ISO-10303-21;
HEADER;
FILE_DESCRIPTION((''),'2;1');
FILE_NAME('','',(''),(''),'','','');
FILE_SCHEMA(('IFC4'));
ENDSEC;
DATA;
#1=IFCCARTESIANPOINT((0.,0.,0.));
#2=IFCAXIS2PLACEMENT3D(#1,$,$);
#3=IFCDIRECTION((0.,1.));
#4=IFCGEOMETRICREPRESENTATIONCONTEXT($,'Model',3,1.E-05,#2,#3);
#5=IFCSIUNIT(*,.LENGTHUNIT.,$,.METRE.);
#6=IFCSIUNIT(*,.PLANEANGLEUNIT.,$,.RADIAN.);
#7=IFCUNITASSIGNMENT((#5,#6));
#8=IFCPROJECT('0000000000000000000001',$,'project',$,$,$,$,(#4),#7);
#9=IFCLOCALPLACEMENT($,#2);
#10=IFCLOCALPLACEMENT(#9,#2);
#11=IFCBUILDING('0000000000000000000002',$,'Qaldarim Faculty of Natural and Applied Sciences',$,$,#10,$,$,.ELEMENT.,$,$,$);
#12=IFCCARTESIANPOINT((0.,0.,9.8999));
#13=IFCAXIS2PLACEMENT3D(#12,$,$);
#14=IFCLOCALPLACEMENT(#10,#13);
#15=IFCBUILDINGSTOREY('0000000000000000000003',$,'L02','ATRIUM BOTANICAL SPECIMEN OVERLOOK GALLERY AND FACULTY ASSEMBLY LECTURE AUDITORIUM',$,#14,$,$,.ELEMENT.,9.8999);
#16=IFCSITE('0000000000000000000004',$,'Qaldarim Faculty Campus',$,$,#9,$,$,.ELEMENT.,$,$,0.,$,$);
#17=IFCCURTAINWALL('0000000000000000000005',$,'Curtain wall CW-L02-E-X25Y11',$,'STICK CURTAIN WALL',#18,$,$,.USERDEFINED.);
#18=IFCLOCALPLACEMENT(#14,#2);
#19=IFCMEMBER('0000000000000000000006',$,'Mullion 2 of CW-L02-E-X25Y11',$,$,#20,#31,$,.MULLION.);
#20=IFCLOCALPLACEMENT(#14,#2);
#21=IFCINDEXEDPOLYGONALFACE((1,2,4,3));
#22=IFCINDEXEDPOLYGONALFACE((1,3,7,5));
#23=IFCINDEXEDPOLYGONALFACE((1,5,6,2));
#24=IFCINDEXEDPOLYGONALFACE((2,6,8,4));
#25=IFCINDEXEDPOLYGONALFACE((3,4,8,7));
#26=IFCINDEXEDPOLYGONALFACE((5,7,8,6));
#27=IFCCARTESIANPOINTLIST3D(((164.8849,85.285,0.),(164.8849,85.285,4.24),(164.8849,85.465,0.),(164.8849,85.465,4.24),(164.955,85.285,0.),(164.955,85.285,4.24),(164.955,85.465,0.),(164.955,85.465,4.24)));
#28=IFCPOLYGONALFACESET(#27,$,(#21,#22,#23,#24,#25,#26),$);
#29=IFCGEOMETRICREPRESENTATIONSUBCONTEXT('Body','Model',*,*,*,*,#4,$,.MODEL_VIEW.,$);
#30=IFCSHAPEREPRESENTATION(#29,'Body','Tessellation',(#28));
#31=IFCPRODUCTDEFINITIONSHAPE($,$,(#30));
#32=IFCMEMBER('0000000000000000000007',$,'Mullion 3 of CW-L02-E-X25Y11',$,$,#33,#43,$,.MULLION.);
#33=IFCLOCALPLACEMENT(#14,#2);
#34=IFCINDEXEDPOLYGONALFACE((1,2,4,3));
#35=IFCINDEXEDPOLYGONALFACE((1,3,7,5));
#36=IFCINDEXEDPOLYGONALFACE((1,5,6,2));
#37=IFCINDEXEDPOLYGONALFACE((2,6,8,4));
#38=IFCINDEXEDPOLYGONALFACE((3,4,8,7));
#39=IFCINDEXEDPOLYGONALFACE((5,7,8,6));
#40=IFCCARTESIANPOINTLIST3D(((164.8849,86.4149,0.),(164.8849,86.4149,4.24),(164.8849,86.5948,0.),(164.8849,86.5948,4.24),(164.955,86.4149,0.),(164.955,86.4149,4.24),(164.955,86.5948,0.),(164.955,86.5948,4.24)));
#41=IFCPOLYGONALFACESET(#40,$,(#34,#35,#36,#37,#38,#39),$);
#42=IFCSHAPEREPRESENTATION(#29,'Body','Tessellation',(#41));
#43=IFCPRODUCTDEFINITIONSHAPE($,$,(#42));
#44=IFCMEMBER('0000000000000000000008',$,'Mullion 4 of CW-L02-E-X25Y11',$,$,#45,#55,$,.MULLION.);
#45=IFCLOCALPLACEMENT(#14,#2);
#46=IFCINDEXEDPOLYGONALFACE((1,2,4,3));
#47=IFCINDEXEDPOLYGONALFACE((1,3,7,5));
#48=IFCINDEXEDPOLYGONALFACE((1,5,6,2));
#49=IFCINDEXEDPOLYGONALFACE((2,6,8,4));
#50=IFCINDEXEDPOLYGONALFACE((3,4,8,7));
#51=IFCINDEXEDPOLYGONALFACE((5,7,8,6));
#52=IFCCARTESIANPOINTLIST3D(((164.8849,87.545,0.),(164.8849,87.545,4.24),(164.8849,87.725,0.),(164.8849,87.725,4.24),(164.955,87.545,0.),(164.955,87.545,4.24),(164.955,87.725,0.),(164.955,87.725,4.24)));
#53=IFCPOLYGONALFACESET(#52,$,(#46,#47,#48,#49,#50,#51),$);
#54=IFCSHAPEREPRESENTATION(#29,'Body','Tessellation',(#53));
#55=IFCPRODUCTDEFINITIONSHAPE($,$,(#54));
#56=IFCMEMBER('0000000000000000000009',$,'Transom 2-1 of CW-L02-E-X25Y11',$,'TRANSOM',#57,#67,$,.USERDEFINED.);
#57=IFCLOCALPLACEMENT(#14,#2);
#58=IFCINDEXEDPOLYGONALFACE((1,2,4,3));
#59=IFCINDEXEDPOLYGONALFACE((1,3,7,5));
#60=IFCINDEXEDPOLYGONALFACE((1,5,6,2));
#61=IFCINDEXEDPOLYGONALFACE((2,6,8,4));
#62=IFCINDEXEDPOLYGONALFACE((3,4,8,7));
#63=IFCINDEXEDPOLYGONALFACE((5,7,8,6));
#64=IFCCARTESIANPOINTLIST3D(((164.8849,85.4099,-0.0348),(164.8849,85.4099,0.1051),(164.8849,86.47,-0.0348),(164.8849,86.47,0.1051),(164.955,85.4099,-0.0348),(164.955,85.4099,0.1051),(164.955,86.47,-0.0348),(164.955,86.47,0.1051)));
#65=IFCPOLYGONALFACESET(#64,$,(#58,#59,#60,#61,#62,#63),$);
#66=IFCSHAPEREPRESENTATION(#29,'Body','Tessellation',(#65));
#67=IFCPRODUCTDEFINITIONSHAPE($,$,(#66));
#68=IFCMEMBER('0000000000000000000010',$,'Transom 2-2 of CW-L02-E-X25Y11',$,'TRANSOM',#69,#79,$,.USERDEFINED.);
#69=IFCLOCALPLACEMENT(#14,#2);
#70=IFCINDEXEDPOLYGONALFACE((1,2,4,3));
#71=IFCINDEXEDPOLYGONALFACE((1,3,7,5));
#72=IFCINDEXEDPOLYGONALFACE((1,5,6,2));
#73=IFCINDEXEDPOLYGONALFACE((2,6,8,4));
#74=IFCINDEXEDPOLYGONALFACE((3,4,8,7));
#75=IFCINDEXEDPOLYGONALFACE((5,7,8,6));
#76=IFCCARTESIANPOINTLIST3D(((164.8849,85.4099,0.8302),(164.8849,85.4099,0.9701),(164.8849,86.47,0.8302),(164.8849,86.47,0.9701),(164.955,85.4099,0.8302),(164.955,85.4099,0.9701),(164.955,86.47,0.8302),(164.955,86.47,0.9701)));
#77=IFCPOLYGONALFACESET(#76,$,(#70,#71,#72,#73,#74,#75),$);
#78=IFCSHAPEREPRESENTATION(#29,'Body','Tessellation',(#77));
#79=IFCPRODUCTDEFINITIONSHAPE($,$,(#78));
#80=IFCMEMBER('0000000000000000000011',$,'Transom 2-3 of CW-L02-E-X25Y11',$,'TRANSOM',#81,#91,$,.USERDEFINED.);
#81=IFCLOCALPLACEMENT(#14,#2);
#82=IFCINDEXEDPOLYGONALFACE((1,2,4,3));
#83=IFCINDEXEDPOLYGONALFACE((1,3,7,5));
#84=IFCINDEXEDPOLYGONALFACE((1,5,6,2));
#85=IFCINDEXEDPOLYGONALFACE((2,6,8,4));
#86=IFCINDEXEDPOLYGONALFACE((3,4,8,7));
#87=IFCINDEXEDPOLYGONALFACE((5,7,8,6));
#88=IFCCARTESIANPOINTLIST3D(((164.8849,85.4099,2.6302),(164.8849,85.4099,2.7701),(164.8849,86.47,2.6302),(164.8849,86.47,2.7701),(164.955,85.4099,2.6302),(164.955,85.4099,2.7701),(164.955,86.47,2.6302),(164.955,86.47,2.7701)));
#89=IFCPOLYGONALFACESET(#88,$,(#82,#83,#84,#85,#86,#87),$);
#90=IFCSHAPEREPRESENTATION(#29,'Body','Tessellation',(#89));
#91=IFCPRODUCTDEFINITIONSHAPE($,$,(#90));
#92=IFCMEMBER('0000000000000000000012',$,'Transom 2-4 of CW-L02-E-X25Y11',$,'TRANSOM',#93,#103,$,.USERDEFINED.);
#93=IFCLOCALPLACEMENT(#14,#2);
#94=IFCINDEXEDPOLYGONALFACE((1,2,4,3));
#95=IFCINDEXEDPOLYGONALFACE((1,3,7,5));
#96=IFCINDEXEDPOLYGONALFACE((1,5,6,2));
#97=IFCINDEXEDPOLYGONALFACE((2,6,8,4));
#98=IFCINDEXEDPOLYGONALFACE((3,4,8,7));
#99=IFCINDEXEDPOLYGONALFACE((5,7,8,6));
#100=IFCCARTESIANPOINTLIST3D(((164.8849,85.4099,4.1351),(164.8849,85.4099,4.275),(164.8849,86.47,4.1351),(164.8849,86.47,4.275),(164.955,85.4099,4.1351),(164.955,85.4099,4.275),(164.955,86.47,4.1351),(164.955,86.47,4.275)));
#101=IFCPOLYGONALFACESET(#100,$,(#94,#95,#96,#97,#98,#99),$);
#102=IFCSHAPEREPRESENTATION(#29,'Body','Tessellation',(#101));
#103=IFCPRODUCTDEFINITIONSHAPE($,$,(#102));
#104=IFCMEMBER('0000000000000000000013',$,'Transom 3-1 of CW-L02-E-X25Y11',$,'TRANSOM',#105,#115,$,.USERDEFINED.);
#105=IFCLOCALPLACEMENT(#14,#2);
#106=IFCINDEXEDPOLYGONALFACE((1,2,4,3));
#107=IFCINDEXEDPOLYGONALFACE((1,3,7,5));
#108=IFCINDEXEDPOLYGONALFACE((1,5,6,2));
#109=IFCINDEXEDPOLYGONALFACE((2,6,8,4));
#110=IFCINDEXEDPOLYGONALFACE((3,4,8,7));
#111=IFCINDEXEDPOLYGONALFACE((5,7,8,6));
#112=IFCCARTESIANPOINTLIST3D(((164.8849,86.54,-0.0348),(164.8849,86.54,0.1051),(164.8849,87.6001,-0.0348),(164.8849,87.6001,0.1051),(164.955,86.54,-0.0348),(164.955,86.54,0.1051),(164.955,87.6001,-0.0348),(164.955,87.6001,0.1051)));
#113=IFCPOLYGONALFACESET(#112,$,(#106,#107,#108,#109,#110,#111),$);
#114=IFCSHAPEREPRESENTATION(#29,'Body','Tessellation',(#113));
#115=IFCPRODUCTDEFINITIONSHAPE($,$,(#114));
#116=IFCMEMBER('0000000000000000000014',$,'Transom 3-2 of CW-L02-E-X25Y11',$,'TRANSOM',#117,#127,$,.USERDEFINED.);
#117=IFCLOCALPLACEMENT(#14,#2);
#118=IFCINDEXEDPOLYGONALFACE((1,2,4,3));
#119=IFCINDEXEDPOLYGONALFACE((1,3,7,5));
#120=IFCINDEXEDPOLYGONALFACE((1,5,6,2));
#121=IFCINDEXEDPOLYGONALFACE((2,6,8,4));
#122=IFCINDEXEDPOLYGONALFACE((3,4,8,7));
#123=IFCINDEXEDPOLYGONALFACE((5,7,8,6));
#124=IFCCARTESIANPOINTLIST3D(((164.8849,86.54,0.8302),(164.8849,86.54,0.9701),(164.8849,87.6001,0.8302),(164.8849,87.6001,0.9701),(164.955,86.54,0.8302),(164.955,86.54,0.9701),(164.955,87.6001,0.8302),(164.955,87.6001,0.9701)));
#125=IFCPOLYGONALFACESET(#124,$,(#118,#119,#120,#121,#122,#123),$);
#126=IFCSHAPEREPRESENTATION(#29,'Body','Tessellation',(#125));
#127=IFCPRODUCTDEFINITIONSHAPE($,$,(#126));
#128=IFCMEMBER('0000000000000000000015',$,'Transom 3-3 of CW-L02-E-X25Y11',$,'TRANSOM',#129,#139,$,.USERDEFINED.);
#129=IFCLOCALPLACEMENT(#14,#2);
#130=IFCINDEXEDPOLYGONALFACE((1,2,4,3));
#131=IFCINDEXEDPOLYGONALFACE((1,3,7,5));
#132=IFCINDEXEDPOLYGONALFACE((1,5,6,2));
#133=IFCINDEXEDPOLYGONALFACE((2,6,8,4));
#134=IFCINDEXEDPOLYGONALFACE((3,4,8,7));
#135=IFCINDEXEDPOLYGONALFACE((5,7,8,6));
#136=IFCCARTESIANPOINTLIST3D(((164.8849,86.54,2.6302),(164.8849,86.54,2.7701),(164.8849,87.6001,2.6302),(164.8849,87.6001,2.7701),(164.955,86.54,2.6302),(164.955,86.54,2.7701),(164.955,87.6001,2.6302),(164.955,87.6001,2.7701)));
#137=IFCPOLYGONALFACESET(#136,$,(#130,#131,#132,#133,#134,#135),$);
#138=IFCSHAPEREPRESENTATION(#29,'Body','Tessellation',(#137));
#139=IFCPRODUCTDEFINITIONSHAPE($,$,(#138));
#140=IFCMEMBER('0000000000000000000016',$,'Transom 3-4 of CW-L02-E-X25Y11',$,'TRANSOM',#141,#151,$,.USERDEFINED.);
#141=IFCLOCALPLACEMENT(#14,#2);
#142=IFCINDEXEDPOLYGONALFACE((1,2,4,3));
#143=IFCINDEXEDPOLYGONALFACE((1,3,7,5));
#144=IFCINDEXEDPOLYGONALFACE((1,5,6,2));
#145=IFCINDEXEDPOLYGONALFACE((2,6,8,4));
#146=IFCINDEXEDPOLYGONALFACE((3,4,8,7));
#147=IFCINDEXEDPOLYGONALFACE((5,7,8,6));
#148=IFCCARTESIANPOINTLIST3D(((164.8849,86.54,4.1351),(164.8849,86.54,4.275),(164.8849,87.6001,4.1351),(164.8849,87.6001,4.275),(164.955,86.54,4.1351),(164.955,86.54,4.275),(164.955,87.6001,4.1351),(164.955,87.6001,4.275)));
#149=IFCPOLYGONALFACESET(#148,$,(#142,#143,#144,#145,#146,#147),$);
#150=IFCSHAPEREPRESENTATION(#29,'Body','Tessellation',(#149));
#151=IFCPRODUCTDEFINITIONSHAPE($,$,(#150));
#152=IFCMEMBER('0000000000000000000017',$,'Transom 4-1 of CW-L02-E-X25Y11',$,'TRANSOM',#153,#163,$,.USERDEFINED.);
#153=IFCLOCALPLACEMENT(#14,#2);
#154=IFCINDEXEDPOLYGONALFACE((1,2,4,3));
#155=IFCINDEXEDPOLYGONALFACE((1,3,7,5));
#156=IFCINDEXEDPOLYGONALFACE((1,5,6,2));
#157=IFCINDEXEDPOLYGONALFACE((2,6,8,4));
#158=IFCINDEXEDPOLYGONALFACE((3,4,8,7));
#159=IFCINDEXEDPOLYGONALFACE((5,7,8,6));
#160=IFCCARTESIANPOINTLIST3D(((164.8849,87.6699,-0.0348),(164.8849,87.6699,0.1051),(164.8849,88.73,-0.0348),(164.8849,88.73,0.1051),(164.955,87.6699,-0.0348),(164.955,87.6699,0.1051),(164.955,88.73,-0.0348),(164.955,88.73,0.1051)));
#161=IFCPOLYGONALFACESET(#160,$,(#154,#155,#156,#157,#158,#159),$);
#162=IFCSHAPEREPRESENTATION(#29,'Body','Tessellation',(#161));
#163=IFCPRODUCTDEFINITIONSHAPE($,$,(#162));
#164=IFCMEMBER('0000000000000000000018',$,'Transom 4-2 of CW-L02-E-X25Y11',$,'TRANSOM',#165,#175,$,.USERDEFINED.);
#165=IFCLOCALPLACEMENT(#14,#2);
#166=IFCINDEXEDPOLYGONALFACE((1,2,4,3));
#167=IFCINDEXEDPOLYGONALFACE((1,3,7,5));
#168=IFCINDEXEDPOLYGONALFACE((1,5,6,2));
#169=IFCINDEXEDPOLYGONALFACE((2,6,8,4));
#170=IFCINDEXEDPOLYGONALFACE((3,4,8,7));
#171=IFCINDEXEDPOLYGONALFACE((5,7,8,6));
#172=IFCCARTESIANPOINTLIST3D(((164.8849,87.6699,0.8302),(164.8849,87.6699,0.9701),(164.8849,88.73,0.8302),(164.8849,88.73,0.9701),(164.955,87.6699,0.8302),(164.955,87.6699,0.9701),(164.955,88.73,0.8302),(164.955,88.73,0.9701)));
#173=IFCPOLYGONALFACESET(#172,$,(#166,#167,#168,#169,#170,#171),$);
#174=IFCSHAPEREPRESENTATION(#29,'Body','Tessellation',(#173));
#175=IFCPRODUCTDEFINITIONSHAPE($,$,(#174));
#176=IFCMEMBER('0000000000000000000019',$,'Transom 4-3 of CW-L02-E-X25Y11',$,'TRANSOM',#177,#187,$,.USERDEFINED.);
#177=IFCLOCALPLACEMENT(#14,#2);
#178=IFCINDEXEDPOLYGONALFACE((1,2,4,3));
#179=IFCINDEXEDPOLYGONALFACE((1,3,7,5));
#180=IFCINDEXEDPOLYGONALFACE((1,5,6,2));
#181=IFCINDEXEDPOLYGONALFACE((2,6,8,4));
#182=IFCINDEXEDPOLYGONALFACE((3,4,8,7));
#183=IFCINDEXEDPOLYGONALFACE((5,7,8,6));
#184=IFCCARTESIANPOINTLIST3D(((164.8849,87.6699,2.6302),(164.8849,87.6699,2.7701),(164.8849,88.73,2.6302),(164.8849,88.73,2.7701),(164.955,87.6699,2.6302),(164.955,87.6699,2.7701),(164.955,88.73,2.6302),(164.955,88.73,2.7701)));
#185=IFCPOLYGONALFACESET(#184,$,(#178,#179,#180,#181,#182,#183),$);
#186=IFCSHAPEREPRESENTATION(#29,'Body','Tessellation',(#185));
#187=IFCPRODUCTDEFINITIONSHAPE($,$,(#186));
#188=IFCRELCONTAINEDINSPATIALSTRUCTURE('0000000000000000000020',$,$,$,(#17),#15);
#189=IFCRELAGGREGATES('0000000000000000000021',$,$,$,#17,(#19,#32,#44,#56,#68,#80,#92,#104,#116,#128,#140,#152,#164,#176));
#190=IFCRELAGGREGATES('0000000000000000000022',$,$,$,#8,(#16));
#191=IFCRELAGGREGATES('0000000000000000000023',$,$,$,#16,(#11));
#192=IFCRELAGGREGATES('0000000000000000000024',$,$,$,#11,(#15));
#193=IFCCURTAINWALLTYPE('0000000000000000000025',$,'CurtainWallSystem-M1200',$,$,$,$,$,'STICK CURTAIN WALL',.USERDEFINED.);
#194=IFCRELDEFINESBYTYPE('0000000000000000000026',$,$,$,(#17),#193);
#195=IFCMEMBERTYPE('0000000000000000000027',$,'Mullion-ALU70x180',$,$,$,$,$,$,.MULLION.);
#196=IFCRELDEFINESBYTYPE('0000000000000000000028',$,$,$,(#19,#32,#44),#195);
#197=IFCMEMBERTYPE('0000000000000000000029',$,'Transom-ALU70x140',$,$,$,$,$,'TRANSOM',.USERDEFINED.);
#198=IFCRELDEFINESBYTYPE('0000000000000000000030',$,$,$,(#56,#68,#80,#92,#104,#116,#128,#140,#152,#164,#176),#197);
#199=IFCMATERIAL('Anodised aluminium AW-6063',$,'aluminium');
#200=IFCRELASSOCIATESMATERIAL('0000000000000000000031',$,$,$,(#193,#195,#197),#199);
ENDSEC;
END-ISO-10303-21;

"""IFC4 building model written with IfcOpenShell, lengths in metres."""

from ifc_helpers import new_model, si_unit, direction, frame, origin, origin_2d, place, context, subcontext, project, spatial, rectangle, extrude, material, material_profile, profile_set, type_object, element, aggregate, save


model = new_model("IFC4")

# Units and contexts
model_context = context("Model", 3, precision=1e-05, world=origin(), true_north=direction((0.0, 1.0)))
body_context = subcontext(model_context, "Body", "Model", "MODEL_VIEW")
ifc_project = project(units=[si_unit("LENGTHUNIT", "METRE"), si_unit("PLANEANGLEUNIT", "RADIAN")], contexts=[model_context])

# Site, building, storey
site_placement = place(None, origin())
site = spatial("IfcSite", under=ifc_project, at=site_placement, Name="Qaldarim Faculty Campus", CompositionType="ELEMENT", RefElevation=0.0)
building_placement = place(site_placement, origin())
building = spatial("IfcBuilding", under=site, at=building_placement, Name="Qaldarim Faculty of Natural and Applied Sciences", CompositionType="ELEMENT")
storey_placement = place(building_placement, frame((0.0, 0.0, 9.8999)))
storey = spatial("IfcBuildingStorey", under=building, at=storey_placement, Name="L02", Description="ATRIUM BOTANICAL SPECIMEN OVERLOOK GALLERY AND FACULTY ASSEMBLY LECTURE AUDITORIUM", CompositionType="ELEMENT", Elevation=9.8999)

# Curtain wall, members
ifc_material_1 = material(Name="Anodised aluminium AW-6063", Category="aluminium")
curtain_wall_type = type_object("IfcCurtainWallType", Name="CurtainWallSystem-M1200", ElementType="STICK CURTAIN WALL", PredefinedType="USERDEFINED", material=ifc_material_1)
curtain_wall_placement = place(storey_placement, origin())
curtain_wall = element("IfcCurtainWall", 1, at=curtain_wall_placement, inside=storey, type_object=curtain_wall_type, Name="Curtain wall CW-L02-E-X25Y11", ObjectType="STICK CURTAIN WALL", PredefinedType="USERDEFINED")
ifc_material_profile_1 = material_profile(ifc_material_1, rectangle(XDim=0.0701, YDim=0.1799, at=origin_2d()), Name="ALU-M70x180")
ifc_profile_set_1 = profile_set([ifc_material_profile_1], Name="Anodised aluminium AW-6063")
member_type_1 = type_object("IfcMemberType", Name="Mullion-ALU70x180", PredefinedType="MULLION", material=ifc_profile_set_1)
member_1_placement = place(storey_placement, frame((164.9199, 85.375, 0.0), z_axis=(0.0, 0.0, 1.0), x_axis=(-1.0, 0.0, 0.0)))
member_1 = element("IfcMember", 2, at=member_1_placement, type_object=member_type_1, Name="Mullion 2 of CW-L02-E-X25Y11", PredefinedType="MULLION", context=body_context, shape_type="SweptSolid", body=[
    extrude(rectangle(XDim=0.0701, YDim=0.1799, at=origin_2d()), origin(), (0.0, 0.0, 1.0), 4.24),
])
member_2_placement = place(storey_placement, frame((164.9199, 86.5049, 0.0), z_axis=(0.0, 0.0, 1.0), x_axis=(-1.0, 0.0, 0.0)))
member_2 = element("IfcMember", 3, at=member_2_placement, type_object=member_type_1, Name="Mullion 3 of CW-L02-E-X25Y11", PredefinedType="MULLION", context=body_context, shape_type="SweptSolid", body=[
    extrude(rectangle(XDim=0.0701, YDim=0.1799, at=origin_2d()), origin(), (0.0, 0.0, 1.0), 4.24),
])
member_3_placement = place(storey_placement, frame((164.9199, 87.635, 0.0), z_axis=(0.0, 0.0, 1.0), x_axis=(-1.0, 0.0, 0.0)))
member_3 = element("IfcMember", 4, at=member_3_placement, type_object=member_type_1, Name="Mullion 4 of CW-L02-E-X25Y11", PredefinedType="MULLION", context=body_context, shape_type="SweptSolid", body=[
    extrude(rectangle(XDim=0.0701, YDim=0.1799, at=origin_2d()), origin(), (0.0, 0.0, 1.0), 4.24),
])
ifc_material_profile_2 = material_profile(ifc_material_1, rectangle(XDim=0.0701, YDim=0.1399, at=origin_2d()), Name="ALU-T70x140")
ifc_profile_set_2 = profile_set([ifc_material_profile_2], Name="Anodised aluminium AW-6063")
member_type_2 = type_object("IfcMemberType", Name="Transom-ALU70x140", ElementType="TRANSOM", PredefinedType="USERDEFINED", material=ifc_profile_set_2)
member_4_placement = place(storey_placement, frame((164.9199, 85.4099, 0.0352), z_axis=(0.0, 1.0, 0.0), x_axis=(-1.0, 0.0, 0.0)))
member_4 = element("IfcMember", 5, at=member_4_placement, type_object=member_type_2, Name="Transom 2-1 of CW-L02-E-X25Y11", ObjectType="TRANSOM", PredefinedType="USERDEFINED", context=body_context, shape_type="SweptSolid", body=[
    extrude(rectangle(XDim=0.0701, YDim=0.1399, at=origin_2d()), origin(), (0.0, 0.0, 1.0), 1.0601),
])
member_5_placement = place(storey_placement, frame((164.9199, 85.4099, 0.9001), z_axis=(0.0, 1.0, 0.0), x_axis=(-1.0, 0.0, 0.0)))
member_5 = element("IfcMember", 6, at=member_5_placement, type_object=member_type_2, Name="Transom 2-2 of CW-L02-E-X25Y11", ObjectType="TRANSOM", PredefinedType="USERDEFINED", context=body_context, shape_type="SweptSolid", body=[
    extrude(rectangle(XDim=0.0701, YDim=0.1399, at=origin_2d()), origin(), (0.0, 0.0, 1.0), 1.0601),
])
member_6_placement = place(storey_placement, frame((164.9199, 85.4099, 2.7002), z_axis=(0.0, 1.0, 0.0), x_axis=(-1.0, 0.0, 0.0)))
member_6 = element("IfcMember", 7, at=member_6_placement, type_object=member_type_2, Name="Transom 2-3 of CW-L02-E-X25Y11", ObjectType="TRANSOM", PredefinedType="USERDEFINED", context=body_context, shape_type="SweptSolid", body=[
    extrude(rectangle(XDim=0.0701, YDim=0.1399, at=origin_2d()), origin(), (0.0, 0.0, 1.0), 1.0601),
])
member_7_placement = place(storey_placement, frame((164.9199, 85.4099, 4.2051), z_axis=(0.0, 1.0, 0.0), x_axis=(-1.0, 0.0, 0.0)))
member_7 = element("IfcMember", 8, at=member_7_placement, type_object=member_type_2, Name="Transom 2-4 of CW-L02-E-X25Y11", ObjectType="TRANSOM", PredefinedType="USERDEFINED", context=body_context, shape_type="SweptSolid", body=[
    extrude(rectangle(XDim=0.0701, YDim=0.1399, at=origin_2d()), origin(), (0.0, 0.0, 1.0), 1.0601),
])
member_8_placement = place(storey_placement, frame((164.9199, 86.54, 0.0352), z_axis=(0.0, 1.0, 0.0), x_axis=(-1.0, 0.0, 0.0)))
member_8 = element("IfcMember", 9, at=member_8_placement, type_object=member_type_2, Name="Transom 3-1 of CW-L02-E-X25Y11", ObjectType="TRANSOM", PredefinedType="USERDEFINED", context=body_context, shape_type="SweptSolid", body=[
    extrude(rectangle(XDim=0.0701, YDim=0.1399, at=origin_2d()), origin(), (0.0, 0.0, 1.0), 1.0601),
])
member_9_placement = place(storey_placement, frame((164.9199, 86.54, 0.9001), z_axis=(0.0, 1.0, 0.0), x_axis=(-1.0, 0.0, 0.0)))
member_9 = element("IfcMember", 10, at=member_9_placement, type_object=member_type_2, Name="Transom 3-2 of CW-L02-E-X25Y11", ObjectType="TRANSOM", PredefinedType="USERDEFINED", context=body_context, shape_type="SweptSolid", body=[
    extrude(rectangle(XDim=0.0701, YDim=0.1399, at=origin_2d()), origin(), (0.0, 0.0, 1.0), 1.0601),
])
member_10_placement = place(storey_placement, frame((164.9199, 86.54, 2.7002), z_axis=(0.0, 1.0, 0.0), x_axis=(-1.0, 0.0, 0.0)))
member_10 = element("IfcMember", 11, at=member_10_placement, type_object=member_type_2, Name="Transom 3-3 of CW-L02-E-X25Y11", ObjectType="TRANSOM", PredefinedType="USERDEFINED", context=body_context, shape_type="SweptSolid", body=[
    extrude(rectangle(XDim=0.0701, YDim=0.1399, at=origin_2d()), origin(), (0.0, 0.0, 1.0), 1.0601),
])
member_11_placement = place(storey_placement, frame((164.9199, 86.54, 4.2051), z_axis=(0.0, 1.0, 0.0), x_axis=(-1.0, 0.0, 0.0)))
member_11 = element("IfcMember", 12, at=member_11_placement, type_object=member_type_2, Name="Transom 3-4 of CW-L02-E-X25Y11", ObjectType="TRANSOM", PredefinedType="USERDEFINED", context=body_context, shape_type="SweptSolid", body=[
    extrude(rectangle(XDim=0.0701, YDim=0.1399, at=origin_2d()), origin(), (0.0, 0.0, 1.0), 1.0601),
])
member_12_placement = place(storey_placement, frame((164.9199, 87.6699, 0.0352), z_axis=(0.0, 1.0, 0.0), x_axis=(-1.0, 0.0, 0.0)))
member_12 = element("IfcMember", 13, at=member_12_placement, type_object=member_type_2, Name="Transom 4-1 of CW-L02-E-X25Y11", ObjectType="TRANSOM", PredefinedType="USERDEFINED", context=body_context, shape_type="SweptSolid", body=[
    extrude(rectangle(XDim=0.0701, YDim=0.1399, at=origin_2d()), origin(), (0.0, 0.0, 1.0), 1.0601),
])
member_13_placement = place(storey_placement, frame((164.9199, 87.6699, 0.9001), z_axis=(0.0, 1.0, 0.0), x_axis=(-1.0, 0.0, 0.0)))
member_13 = element("IfcMember", 14, at=member_13_placement, type_object=member_type_2, Name="Transom 4-2 of CW-L02-E-X25Y11", ObjectType="TRANSOM", PredefinedType="USERDEFINED", context=body_context, shape_type="SweptSolid", body=[
    extrude(rectangle(XDim=0.0701, YDim=0.1399, at=origin_2d()), origin(), (0.0, 0.0, 1.0), 1.0601),
])
member_14_placement = place(storey_placement, frame((164.9199, 87.6699, 2.7002), z_axis=(0.0, 1.0, 0.0), x_axis=(-1.0, 0.0, 0.0)))
member_14 = element("IfcMember", 15, at=member_14_placement, type_object=member_type_2, Name="Transom 4-3 of CW-L02-E-X25Y11", ObjectType="TRANSOM", PredefinedType="USERDEFINED", context=body_context, shape_type="SweptSolid", body=[
    extrude(rectangle(XDim=0.0701, YDim=0.1399, at=origin_2d()), origin(), (0.0, 0.0, 1.0), 1.0601),
])
aggregate(curtain_wall, [member_1, member_2, member_3, member_4, member_5, member_6, member_7, member_8, member_9, member_10, member_11, member_12, member_13, member_14])

save(model, "model.ifc")
